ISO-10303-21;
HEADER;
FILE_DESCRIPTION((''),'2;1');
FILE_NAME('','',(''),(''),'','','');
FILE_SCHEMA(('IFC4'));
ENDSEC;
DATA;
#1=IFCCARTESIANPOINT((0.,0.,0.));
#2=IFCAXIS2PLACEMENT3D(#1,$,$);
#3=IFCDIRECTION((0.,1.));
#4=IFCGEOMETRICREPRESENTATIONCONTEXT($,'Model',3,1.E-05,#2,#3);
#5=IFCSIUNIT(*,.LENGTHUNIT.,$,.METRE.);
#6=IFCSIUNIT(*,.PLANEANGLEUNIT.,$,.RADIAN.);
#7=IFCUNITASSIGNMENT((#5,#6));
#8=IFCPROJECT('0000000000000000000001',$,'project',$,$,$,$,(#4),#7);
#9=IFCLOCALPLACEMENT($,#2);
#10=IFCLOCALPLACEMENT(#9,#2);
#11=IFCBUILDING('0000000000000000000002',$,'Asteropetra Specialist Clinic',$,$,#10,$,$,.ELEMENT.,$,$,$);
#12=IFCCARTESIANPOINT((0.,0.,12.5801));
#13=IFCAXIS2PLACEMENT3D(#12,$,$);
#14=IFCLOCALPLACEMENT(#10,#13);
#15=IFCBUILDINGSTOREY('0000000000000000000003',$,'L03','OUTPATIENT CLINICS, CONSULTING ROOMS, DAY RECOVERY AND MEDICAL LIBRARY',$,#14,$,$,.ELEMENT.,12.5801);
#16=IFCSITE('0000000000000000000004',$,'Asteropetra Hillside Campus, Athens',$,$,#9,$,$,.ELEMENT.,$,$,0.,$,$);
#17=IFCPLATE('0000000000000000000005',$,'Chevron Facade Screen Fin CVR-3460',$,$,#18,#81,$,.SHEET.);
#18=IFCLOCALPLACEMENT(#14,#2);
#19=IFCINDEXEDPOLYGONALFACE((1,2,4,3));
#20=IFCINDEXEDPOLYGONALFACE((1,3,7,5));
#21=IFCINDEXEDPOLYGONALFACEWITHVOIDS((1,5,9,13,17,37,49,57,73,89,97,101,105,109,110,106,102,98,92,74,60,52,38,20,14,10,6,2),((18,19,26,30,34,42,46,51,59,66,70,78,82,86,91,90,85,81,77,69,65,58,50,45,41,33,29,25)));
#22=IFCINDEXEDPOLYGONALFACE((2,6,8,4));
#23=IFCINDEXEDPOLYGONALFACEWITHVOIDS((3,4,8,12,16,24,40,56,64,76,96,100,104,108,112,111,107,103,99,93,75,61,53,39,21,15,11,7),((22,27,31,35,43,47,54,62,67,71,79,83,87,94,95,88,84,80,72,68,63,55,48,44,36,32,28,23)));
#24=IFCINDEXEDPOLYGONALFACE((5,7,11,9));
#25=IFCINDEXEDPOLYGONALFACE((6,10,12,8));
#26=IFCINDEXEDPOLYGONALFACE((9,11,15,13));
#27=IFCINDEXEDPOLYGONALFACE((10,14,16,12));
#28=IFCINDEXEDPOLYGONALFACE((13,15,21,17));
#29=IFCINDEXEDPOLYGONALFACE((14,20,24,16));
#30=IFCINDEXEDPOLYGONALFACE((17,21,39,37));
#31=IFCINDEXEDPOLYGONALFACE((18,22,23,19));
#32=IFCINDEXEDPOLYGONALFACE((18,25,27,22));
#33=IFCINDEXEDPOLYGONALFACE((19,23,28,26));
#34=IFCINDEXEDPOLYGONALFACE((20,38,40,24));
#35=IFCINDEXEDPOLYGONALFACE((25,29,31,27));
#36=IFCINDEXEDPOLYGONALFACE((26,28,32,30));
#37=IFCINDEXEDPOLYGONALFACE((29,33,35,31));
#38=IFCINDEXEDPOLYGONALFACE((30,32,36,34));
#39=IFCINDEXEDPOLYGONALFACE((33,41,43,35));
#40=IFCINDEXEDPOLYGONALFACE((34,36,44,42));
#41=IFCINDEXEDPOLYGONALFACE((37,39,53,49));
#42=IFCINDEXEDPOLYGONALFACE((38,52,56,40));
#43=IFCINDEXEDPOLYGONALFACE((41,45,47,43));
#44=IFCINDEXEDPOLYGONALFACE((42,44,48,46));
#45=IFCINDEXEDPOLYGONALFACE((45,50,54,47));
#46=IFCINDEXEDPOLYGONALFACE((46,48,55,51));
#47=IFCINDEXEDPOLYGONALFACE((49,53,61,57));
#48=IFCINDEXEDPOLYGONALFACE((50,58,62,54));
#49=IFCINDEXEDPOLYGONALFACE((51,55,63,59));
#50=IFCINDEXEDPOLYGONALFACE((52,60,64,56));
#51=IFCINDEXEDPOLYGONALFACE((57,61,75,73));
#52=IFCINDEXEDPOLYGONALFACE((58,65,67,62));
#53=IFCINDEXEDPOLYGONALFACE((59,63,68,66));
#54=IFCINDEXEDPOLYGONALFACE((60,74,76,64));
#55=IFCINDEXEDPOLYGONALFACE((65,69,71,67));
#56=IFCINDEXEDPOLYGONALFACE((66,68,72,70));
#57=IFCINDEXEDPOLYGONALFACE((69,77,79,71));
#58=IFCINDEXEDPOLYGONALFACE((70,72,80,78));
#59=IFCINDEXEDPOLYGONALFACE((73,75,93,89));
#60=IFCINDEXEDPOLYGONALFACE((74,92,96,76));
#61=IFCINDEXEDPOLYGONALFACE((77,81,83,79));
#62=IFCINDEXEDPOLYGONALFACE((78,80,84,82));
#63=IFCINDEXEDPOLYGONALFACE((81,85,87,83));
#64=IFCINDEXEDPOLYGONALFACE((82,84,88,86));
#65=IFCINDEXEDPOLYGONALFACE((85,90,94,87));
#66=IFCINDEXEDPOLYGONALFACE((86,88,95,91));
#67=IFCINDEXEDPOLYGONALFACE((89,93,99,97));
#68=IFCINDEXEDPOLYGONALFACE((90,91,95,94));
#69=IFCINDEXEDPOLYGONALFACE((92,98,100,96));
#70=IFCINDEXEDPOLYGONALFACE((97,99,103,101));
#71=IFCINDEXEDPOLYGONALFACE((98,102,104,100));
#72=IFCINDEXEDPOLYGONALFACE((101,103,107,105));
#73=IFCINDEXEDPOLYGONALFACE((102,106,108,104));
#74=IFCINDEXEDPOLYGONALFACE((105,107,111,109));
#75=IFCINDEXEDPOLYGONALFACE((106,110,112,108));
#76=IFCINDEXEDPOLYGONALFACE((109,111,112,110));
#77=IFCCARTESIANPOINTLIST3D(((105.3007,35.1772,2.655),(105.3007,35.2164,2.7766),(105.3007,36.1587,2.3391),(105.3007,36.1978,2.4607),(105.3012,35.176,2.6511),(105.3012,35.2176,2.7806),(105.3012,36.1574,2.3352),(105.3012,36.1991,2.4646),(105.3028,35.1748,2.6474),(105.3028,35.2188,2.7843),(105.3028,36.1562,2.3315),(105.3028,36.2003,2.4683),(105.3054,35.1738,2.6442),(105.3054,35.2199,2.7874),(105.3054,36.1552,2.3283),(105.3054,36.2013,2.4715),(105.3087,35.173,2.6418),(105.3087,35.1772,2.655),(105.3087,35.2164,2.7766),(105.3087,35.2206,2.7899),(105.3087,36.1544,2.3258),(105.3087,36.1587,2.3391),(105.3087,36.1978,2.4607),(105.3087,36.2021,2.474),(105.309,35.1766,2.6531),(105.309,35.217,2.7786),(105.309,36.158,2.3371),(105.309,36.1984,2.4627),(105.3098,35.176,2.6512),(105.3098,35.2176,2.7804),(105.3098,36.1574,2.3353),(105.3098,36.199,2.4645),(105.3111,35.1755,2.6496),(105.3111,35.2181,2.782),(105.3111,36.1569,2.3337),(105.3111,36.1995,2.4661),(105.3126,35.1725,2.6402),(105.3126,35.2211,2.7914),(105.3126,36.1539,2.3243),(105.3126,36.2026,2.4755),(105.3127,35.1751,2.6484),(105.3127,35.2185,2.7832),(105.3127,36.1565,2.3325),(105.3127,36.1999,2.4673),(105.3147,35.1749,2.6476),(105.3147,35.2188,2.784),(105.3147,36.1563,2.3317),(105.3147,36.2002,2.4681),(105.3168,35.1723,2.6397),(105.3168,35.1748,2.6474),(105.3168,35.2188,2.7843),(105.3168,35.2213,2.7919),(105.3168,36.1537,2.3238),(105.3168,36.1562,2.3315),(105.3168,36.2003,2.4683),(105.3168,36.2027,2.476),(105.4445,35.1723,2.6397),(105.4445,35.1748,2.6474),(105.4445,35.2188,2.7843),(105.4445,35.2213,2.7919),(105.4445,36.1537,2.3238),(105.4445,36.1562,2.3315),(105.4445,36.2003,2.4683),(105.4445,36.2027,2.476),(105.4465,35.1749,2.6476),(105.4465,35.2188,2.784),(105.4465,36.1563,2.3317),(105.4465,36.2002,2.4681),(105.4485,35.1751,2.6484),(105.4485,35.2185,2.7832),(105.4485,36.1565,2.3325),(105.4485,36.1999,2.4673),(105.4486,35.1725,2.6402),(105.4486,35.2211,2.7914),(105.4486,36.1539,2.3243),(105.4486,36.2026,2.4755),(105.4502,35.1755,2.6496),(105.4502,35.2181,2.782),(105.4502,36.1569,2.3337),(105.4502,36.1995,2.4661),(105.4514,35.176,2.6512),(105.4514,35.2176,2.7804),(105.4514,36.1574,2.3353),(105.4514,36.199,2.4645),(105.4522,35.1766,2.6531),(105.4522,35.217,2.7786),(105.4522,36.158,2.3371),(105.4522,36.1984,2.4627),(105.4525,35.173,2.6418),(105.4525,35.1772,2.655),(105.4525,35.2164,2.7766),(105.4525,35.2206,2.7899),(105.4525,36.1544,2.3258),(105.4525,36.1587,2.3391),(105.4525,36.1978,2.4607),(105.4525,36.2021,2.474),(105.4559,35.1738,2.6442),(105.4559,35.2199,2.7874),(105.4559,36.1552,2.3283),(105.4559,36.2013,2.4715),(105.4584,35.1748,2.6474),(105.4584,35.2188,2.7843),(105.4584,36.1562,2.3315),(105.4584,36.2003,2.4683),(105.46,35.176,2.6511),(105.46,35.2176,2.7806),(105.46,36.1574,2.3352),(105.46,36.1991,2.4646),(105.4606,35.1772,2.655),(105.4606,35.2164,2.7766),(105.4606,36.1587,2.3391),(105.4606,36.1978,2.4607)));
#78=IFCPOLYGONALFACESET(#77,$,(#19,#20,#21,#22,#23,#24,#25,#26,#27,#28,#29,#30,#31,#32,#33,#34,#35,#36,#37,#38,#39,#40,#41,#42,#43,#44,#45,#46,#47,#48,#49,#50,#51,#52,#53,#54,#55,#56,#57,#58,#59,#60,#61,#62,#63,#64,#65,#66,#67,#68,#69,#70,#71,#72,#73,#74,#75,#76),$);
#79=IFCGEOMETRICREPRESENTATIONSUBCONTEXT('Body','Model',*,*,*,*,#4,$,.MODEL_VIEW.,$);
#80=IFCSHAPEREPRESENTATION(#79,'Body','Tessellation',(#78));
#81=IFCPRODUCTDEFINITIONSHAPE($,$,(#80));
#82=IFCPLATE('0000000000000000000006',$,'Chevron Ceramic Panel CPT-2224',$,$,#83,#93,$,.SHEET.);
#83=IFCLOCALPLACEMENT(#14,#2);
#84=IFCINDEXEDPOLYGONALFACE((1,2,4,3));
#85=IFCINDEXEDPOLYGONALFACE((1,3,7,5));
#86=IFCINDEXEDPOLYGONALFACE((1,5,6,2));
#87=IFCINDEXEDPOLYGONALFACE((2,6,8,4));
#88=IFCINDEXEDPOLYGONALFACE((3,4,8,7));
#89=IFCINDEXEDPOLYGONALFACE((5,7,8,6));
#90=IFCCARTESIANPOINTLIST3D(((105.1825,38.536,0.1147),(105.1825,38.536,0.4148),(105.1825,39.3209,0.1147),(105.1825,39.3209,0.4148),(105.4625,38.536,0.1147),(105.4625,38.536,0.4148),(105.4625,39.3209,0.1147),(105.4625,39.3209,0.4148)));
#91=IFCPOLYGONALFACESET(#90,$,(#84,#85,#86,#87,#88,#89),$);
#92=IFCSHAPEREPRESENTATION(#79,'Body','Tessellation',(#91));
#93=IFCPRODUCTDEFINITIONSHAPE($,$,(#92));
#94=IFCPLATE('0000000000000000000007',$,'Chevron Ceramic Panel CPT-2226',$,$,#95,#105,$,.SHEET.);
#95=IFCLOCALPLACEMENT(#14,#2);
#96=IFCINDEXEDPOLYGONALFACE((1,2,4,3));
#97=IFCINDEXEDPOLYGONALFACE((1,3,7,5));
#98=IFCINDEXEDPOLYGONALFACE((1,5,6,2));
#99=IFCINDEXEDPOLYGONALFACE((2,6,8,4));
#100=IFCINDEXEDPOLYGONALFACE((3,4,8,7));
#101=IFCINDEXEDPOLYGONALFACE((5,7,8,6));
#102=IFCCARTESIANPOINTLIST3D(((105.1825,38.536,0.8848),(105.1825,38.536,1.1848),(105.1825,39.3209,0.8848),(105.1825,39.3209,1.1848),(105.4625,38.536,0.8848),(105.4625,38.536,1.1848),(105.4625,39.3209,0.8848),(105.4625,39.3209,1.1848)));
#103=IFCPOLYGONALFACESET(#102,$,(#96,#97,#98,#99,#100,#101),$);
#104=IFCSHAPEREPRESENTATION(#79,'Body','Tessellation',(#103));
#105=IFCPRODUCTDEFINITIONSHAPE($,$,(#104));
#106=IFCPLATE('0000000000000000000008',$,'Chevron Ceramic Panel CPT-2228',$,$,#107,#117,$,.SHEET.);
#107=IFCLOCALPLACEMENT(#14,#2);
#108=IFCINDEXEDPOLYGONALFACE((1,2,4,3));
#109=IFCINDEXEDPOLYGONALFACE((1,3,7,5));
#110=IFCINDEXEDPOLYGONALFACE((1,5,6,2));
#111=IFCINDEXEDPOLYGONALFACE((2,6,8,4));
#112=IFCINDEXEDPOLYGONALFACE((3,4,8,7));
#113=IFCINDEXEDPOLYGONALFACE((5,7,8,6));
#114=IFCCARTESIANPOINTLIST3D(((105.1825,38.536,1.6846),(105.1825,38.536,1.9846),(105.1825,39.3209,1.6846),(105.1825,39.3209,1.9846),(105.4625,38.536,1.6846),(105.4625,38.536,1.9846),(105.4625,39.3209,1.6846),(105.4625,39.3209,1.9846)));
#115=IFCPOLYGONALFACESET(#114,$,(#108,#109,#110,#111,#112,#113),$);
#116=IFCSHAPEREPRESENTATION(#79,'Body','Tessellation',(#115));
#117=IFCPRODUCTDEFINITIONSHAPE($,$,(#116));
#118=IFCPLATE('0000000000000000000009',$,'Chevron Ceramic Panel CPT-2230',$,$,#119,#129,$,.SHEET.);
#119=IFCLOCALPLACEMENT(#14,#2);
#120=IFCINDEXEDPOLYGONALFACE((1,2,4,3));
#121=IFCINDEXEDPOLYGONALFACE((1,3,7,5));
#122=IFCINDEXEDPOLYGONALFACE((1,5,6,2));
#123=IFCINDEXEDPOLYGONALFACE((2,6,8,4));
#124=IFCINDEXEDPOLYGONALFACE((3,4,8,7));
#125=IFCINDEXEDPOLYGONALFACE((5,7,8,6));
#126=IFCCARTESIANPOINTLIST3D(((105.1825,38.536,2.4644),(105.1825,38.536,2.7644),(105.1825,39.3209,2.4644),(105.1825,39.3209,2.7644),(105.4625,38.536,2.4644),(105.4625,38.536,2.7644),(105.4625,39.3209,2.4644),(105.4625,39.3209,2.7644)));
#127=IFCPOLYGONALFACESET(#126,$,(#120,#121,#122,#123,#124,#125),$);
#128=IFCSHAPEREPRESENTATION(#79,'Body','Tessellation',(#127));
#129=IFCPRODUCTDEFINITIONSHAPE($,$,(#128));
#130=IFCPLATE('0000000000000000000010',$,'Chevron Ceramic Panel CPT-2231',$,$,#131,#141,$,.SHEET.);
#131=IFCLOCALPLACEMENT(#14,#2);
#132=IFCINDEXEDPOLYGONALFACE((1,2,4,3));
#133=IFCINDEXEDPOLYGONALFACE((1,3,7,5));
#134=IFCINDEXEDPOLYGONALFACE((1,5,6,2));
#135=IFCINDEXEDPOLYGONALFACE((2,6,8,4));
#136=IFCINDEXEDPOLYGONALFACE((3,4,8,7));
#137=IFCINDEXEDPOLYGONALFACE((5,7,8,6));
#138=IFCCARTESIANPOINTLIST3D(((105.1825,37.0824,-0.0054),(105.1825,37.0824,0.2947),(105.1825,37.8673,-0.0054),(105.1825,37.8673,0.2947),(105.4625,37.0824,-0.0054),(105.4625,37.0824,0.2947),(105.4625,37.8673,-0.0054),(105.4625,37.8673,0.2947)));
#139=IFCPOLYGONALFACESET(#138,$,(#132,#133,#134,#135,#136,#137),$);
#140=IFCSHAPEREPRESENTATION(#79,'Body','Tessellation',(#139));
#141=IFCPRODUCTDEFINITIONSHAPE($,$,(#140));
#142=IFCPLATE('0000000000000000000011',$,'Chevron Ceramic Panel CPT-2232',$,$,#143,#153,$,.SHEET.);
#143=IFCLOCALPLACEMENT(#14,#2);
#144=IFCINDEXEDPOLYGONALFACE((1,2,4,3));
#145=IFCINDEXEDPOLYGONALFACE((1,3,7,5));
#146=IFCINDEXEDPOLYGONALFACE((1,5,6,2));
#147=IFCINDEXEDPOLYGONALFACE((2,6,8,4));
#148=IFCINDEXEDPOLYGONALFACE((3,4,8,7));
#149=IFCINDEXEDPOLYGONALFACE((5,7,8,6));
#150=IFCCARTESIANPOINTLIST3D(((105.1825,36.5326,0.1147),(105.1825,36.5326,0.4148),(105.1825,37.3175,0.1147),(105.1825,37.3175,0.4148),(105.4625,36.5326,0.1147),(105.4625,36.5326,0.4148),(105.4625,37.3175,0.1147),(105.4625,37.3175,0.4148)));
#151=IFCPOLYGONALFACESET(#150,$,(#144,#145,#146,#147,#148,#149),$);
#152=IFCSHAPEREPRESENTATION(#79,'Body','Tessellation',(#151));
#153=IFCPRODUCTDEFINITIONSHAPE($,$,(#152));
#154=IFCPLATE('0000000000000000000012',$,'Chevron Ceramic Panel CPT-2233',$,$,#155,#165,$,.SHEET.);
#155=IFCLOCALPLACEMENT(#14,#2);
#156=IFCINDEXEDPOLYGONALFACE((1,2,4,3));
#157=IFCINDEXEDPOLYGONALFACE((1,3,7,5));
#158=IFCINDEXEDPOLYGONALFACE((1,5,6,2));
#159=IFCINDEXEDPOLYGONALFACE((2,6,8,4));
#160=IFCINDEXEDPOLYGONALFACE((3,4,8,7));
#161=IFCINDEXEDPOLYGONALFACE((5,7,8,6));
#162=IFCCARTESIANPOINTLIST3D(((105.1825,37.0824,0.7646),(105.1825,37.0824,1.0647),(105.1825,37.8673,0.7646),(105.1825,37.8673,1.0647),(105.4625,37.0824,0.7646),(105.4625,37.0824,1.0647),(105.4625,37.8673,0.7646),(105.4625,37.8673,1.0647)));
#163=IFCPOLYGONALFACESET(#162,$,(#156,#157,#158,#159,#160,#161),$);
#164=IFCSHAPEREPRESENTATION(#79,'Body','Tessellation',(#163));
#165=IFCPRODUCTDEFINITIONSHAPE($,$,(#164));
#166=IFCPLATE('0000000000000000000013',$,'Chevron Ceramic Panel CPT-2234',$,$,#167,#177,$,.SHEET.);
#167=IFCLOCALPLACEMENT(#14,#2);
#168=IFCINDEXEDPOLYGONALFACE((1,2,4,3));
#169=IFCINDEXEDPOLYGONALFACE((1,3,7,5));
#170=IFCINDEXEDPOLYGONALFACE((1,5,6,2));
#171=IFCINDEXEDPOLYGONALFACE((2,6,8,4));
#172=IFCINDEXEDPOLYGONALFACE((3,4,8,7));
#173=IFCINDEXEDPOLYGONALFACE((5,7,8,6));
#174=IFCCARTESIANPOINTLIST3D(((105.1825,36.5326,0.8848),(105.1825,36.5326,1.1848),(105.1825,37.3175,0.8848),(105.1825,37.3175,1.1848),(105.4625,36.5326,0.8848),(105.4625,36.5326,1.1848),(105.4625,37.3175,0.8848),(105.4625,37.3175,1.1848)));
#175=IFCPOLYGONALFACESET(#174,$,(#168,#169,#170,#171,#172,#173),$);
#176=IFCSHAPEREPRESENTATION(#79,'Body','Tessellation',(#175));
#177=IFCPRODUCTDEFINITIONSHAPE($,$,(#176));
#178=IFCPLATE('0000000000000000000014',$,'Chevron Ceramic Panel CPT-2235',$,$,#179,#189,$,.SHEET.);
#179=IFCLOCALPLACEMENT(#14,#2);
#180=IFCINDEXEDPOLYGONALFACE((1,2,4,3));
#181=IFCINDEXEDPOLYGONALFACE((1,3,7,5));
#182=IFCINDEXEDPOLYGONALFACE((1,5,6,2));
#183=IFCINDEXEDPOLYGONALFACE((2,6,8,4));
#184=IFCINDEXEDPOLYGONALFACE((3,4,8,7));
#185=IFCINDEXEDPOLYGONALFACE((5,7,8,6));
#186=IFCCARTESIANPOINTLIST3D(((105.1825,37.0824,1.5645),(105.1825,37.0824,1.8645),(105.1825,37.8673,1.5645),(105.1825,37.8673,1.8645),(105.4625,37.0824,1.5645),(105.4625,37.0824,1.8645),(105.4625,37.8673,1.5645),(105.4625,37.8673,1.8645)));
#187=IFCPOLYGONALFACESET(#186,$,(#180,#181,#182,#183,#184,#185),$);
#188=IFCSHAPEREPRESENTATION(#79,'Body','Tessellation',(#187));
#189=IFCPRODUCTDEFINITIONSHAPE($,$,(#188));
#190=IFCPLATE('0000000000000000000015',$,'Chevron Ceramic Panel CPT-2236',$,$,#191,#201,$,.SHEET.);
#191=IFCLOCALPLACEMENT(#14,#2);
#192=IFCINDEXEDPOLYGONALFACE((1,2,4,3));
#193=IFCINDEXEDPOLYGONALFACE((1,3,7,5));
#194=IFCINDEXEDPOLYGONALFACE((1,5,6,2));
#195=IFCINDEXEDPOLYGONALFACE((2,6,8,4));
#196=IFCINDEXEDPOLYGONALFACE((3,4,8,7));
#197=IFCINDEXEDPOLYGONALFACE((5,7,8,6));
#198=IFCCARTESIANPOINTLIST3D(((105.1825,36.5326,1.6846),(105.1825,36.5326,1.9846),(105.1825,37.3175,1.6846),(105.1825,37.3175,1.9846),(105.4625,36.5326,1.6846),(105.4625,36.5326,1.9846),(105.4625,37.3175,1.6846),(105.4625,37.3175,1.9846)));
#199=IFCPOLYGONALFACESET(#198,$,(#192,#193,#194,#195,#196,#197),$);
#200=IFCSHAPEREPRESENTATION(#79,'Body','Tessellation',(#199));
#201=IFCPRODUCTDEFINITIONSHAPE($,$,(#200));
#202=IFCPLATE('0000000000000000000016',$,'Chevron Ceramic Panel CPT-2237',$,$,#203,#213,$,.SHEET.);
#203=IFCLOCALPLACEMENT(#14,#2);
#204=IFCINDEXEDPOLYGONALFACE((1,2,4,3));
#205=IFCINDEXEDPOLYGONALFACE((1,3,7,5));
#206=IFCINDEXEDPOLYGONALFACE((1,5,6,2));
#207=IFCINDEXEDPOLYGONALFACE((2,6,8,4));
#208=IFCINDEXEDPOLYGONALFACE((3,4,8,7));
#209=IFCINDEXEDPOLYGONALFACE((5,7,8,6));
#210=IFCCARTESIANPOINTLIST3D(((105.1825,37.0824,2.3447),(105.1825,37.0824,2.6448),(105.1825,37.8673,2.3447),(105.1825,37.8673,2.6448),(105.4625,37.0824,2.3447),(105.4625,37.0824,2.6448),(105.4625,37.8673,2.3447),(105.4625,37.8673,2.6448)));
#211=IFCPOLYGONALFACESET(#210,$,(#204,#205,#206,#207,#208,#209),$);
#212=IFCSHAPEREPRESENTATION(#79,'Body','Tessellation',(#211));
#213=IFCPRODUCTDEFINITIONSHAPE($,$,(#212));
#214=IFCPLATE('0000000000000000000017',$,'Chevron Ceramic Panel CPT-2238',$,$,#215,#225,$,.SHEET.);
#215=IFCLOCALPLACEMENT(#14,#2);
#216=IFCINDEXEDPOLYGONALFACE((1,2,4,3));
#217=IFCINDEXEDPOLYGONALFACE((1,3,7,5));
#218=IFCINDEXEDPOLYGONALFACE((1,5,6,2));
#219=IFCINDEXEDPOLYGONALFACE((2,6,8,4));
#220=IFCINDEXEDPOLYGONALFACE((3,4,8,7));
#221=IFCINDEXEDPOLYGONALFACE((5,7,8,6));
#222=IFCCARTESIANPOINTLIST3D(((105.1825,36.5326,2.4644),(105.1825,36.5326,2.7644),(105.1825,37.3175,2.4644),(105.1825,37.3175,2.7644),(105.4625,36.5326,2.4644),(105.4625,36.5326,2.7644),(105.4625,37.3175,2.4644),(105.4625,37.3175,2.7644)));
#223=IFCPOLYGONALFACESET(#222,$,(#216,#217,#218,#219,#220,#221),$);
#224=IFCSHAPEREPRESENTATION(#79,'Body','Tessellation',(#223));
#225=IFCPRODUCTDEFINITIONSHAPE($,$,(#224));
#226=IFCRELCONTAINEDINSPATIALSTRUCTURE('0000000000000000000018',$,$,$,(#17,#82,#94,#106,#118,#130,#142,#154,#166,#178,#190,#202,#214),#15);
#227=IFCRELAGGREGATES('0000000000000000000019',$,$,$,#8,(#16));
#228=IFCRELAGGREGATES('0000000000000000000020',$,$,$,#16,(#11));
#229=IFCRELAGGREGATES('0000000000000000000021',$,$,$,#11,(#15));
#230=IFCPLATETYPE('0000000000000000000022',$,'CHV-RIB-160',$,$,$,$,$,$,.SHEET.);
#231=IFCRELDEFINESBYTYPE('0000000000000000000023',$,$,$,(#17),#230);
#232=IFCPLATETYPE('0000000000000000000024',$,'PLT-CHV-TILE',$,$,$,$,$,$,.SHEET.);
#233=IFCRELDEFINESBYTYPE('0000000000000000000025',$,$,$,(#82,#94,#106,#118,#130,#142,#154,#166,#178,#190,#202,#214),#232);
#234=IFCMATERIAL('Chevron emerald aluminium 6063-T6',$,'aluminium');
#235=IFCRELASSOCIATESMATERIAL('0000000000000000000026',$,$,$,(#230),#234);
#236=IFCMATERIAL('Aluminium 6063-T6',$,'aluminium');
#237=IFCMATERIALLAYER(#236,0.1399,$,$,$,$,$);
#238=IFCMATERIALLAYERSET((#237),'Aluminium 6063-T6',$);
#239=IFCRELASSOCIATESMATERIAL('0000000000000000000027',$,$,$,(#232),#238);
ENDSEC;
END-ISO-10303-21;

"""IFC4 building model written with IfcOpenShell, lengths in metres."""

from ifc_helpers import new_model, si_unit, direction, frame, origin, origin_2d, place, context, subcontext, project, spatial, rectangle, hollow_rectangle, extrude, material, layer, layer_set, material_profile, profile_set, type_object, element, save


model = new_model("IFC4")

# Units and contexts
model_context = context("Model", 3, precision=1e-05, world=origin(), true_north=direction((0.0, 1.0)))
body_context = subcontext(model_context, "Body", "Model", "MODEL_VIEW")
ifc_project = project(units=[si_unit("LENGTHUNIT", "METRE"), si_unit("PLANEANGLEUNIT", "RADIAN")], contexts=[model_context])

# Site, building, storey
site_placement = place(None, origin())
site = spatial("IfcSite", under=ifc_project, at=site_placement, Name="Asteropetra Hillside Campus, Athens", CompositionType="ELEMENT", RefElevation=0.0)
building_placement = place(site_placement, origin())
building = spatial("IfcBuilding", under=site, at=building_placement, Name="Asteropetra Specialist Clinic", CompositionType="ELEMENT")
storey_placement = place(building_placement, frame((0.0, 0.0, 12.5801)))
storey = spatial("IfcBuildingStorey", under=building, at=storey_placement, Name="L03", Description="OUTPATIENT CLINICS, CONSULTING ROOMS, DAY RECOVERY AND MEDICAL LIBRARY", CompositionType="ELEMENT", Elevation=12.5801)

# Plates
ifc_material_1 = material(Name="Chevron emerald aluminium 6063-T6", Category="aluminium")
ifc_material_profile = material_profile(ifc_material_1, hollow_rectangle(XDim=0.1599, YDim=0.1599, WallThickness=0.0081, InnerFilletRadius=0.0081, OuterFilletRadius=0.0161, at=origin_2d()), Name="SHS 160x160x8.0")
ifc_profile_set = profile_set([ifc_material_profile], Name="Chevron emerald aluminium 6063-T6")
plate_type_1 = type_object("IfcPlateType", Name="CHV-RIB-160", PredefinedType="SHEET", material=ifc_profile_set)
for number, where, z_axis, x_axis, name in (
    (1, (105.3806, 36.1782, 2.3999), (0.0, -0.9519, 0.306408), (1.0, 0.0, 0.0), "Chevron Facade Screen Fin CVR-3460"),
):
    element("IfcPlate", number, at=place(storey_placement, frame(where, z_axis=z_axis, x_axis=x_axis)), inside=storey, type_object=plate_type_1, Name=name, PredefinedType="SHEET", context=body_context, shape_type="SweptSolid", body=[
        extrude(hollow_rectangle(XDim=0.1599, YDim=0.1599, WallThickness=0.0081, InnerFilletRadius=0.0081, OuterFilletRadius=0.0161, at=origin_2d()), origin(), (0.0, 0.0, 1.0), 1.031),
    ])
ifc_material_2 = material(Name="Aluminium 6063-T6", Category="aluminium")
ifc_layer_1 = layer(ifc_material_2, 0.1399)
ifc_layer_set_1 = layer_set([ifc_layer_1], Name="Aluminium 6063-T6")
plate_type_2 = type_object("IfcPlateType", Name="PLT-CHV-TILE", PredefinedType="SHEET", material=ifc_layer_set_1)
for number, where, z_axis, x_axis, name in (
    (2, (105.3225, 38.9285, 0.1147), (0.0, 0.0, 1.0), (1.0, 0.0, 0.0), "Chevron Ceramic Panel CPT-2224"),
    (3, (105.3225, 38.9285, 0.8848), (0.0, 0.0, 1.0), (1.0, 0.0, 0.0), "Chevron Ceramic Panel CPT-2226"),
    (4, (105.3225, 38.9285, 1.6846), (0.0, 0.0, 1.0), (1.0, 0.0, 0.0), "Chevron Ceramic Panel CPT-2228"),
    (5, (105.3225, 38.9285, 2.4644), (0.0, 0.0, 1.0), (1.0, 0.0, 0.0), "Chevron Ceramic Panel CPT-2230"),
    (6, (105.3225, 37.4749, -0.0054), (0.0, 0.0, 1.0), (1.0, 0.0, 0.0), "Chevron Ceramic Panel CPT-2231"),
    (7, (105.3225, 36.925, 0.1147), (0.0, 0.0, 1.0), (1.0, 0.0, 0.0), "Chevron Ceramic Panel CPT-2232"),
    (8, (105.3225, 37.4749, 0.7646), (0.0, 0.0, 1.0), (1.0, 0.0, 0.0), "Chevron Ceramic Panel CPT-2233"),
    (9, (105.3225, 36.925, 0.8848), (0.0, 0.0, 1.0), (1.0, 0.0, 0.0), "Chevron Ceramic Panel CPT-2234"),
    (10, (105.3225, 37.4749, 1.5645), (0.0, 0.0, 1.0), (1.0, 0.0, 0.0), "Chevron Ceramic Panel CPT-2235"),
    (11, (105.3225, 36.925, 1.6846), (0.0, 0.0, 1.0), (1.0, 0.0, 0.0), "Chevron Ceramic Panel CPT-2236"),
    (12, (105.3225, 37.4749, 2.3447), (0.0, 0.0, 1.0), (1.0, 0.0, 0.0), "Chevron Ceramic Panel CPT-2237"),
    (13, (105.3225, 36.925, 2.4644), (0.0, 0.0, 1.0), (1.0, 0.0, 0.0), "Chevron Ceramic Panel CPT-2238"),
):
    element("IfcPlate", number, at=place(storey_placement, frame(where, z_axis=z_axis, x_axis=x_axis)), inside=storey, type_object=plate_type_2, Name=name, PredefinedType="SHEET", context=body_context, shape_type="SweptSolid", body=[
        extrude(rectangle(XDim=0.28, YDim=0.7849, at=origin_2d()), origin(), (0.0, 0.0, 1.0), 0.3),
    ])

save(model, "model.ifc")
